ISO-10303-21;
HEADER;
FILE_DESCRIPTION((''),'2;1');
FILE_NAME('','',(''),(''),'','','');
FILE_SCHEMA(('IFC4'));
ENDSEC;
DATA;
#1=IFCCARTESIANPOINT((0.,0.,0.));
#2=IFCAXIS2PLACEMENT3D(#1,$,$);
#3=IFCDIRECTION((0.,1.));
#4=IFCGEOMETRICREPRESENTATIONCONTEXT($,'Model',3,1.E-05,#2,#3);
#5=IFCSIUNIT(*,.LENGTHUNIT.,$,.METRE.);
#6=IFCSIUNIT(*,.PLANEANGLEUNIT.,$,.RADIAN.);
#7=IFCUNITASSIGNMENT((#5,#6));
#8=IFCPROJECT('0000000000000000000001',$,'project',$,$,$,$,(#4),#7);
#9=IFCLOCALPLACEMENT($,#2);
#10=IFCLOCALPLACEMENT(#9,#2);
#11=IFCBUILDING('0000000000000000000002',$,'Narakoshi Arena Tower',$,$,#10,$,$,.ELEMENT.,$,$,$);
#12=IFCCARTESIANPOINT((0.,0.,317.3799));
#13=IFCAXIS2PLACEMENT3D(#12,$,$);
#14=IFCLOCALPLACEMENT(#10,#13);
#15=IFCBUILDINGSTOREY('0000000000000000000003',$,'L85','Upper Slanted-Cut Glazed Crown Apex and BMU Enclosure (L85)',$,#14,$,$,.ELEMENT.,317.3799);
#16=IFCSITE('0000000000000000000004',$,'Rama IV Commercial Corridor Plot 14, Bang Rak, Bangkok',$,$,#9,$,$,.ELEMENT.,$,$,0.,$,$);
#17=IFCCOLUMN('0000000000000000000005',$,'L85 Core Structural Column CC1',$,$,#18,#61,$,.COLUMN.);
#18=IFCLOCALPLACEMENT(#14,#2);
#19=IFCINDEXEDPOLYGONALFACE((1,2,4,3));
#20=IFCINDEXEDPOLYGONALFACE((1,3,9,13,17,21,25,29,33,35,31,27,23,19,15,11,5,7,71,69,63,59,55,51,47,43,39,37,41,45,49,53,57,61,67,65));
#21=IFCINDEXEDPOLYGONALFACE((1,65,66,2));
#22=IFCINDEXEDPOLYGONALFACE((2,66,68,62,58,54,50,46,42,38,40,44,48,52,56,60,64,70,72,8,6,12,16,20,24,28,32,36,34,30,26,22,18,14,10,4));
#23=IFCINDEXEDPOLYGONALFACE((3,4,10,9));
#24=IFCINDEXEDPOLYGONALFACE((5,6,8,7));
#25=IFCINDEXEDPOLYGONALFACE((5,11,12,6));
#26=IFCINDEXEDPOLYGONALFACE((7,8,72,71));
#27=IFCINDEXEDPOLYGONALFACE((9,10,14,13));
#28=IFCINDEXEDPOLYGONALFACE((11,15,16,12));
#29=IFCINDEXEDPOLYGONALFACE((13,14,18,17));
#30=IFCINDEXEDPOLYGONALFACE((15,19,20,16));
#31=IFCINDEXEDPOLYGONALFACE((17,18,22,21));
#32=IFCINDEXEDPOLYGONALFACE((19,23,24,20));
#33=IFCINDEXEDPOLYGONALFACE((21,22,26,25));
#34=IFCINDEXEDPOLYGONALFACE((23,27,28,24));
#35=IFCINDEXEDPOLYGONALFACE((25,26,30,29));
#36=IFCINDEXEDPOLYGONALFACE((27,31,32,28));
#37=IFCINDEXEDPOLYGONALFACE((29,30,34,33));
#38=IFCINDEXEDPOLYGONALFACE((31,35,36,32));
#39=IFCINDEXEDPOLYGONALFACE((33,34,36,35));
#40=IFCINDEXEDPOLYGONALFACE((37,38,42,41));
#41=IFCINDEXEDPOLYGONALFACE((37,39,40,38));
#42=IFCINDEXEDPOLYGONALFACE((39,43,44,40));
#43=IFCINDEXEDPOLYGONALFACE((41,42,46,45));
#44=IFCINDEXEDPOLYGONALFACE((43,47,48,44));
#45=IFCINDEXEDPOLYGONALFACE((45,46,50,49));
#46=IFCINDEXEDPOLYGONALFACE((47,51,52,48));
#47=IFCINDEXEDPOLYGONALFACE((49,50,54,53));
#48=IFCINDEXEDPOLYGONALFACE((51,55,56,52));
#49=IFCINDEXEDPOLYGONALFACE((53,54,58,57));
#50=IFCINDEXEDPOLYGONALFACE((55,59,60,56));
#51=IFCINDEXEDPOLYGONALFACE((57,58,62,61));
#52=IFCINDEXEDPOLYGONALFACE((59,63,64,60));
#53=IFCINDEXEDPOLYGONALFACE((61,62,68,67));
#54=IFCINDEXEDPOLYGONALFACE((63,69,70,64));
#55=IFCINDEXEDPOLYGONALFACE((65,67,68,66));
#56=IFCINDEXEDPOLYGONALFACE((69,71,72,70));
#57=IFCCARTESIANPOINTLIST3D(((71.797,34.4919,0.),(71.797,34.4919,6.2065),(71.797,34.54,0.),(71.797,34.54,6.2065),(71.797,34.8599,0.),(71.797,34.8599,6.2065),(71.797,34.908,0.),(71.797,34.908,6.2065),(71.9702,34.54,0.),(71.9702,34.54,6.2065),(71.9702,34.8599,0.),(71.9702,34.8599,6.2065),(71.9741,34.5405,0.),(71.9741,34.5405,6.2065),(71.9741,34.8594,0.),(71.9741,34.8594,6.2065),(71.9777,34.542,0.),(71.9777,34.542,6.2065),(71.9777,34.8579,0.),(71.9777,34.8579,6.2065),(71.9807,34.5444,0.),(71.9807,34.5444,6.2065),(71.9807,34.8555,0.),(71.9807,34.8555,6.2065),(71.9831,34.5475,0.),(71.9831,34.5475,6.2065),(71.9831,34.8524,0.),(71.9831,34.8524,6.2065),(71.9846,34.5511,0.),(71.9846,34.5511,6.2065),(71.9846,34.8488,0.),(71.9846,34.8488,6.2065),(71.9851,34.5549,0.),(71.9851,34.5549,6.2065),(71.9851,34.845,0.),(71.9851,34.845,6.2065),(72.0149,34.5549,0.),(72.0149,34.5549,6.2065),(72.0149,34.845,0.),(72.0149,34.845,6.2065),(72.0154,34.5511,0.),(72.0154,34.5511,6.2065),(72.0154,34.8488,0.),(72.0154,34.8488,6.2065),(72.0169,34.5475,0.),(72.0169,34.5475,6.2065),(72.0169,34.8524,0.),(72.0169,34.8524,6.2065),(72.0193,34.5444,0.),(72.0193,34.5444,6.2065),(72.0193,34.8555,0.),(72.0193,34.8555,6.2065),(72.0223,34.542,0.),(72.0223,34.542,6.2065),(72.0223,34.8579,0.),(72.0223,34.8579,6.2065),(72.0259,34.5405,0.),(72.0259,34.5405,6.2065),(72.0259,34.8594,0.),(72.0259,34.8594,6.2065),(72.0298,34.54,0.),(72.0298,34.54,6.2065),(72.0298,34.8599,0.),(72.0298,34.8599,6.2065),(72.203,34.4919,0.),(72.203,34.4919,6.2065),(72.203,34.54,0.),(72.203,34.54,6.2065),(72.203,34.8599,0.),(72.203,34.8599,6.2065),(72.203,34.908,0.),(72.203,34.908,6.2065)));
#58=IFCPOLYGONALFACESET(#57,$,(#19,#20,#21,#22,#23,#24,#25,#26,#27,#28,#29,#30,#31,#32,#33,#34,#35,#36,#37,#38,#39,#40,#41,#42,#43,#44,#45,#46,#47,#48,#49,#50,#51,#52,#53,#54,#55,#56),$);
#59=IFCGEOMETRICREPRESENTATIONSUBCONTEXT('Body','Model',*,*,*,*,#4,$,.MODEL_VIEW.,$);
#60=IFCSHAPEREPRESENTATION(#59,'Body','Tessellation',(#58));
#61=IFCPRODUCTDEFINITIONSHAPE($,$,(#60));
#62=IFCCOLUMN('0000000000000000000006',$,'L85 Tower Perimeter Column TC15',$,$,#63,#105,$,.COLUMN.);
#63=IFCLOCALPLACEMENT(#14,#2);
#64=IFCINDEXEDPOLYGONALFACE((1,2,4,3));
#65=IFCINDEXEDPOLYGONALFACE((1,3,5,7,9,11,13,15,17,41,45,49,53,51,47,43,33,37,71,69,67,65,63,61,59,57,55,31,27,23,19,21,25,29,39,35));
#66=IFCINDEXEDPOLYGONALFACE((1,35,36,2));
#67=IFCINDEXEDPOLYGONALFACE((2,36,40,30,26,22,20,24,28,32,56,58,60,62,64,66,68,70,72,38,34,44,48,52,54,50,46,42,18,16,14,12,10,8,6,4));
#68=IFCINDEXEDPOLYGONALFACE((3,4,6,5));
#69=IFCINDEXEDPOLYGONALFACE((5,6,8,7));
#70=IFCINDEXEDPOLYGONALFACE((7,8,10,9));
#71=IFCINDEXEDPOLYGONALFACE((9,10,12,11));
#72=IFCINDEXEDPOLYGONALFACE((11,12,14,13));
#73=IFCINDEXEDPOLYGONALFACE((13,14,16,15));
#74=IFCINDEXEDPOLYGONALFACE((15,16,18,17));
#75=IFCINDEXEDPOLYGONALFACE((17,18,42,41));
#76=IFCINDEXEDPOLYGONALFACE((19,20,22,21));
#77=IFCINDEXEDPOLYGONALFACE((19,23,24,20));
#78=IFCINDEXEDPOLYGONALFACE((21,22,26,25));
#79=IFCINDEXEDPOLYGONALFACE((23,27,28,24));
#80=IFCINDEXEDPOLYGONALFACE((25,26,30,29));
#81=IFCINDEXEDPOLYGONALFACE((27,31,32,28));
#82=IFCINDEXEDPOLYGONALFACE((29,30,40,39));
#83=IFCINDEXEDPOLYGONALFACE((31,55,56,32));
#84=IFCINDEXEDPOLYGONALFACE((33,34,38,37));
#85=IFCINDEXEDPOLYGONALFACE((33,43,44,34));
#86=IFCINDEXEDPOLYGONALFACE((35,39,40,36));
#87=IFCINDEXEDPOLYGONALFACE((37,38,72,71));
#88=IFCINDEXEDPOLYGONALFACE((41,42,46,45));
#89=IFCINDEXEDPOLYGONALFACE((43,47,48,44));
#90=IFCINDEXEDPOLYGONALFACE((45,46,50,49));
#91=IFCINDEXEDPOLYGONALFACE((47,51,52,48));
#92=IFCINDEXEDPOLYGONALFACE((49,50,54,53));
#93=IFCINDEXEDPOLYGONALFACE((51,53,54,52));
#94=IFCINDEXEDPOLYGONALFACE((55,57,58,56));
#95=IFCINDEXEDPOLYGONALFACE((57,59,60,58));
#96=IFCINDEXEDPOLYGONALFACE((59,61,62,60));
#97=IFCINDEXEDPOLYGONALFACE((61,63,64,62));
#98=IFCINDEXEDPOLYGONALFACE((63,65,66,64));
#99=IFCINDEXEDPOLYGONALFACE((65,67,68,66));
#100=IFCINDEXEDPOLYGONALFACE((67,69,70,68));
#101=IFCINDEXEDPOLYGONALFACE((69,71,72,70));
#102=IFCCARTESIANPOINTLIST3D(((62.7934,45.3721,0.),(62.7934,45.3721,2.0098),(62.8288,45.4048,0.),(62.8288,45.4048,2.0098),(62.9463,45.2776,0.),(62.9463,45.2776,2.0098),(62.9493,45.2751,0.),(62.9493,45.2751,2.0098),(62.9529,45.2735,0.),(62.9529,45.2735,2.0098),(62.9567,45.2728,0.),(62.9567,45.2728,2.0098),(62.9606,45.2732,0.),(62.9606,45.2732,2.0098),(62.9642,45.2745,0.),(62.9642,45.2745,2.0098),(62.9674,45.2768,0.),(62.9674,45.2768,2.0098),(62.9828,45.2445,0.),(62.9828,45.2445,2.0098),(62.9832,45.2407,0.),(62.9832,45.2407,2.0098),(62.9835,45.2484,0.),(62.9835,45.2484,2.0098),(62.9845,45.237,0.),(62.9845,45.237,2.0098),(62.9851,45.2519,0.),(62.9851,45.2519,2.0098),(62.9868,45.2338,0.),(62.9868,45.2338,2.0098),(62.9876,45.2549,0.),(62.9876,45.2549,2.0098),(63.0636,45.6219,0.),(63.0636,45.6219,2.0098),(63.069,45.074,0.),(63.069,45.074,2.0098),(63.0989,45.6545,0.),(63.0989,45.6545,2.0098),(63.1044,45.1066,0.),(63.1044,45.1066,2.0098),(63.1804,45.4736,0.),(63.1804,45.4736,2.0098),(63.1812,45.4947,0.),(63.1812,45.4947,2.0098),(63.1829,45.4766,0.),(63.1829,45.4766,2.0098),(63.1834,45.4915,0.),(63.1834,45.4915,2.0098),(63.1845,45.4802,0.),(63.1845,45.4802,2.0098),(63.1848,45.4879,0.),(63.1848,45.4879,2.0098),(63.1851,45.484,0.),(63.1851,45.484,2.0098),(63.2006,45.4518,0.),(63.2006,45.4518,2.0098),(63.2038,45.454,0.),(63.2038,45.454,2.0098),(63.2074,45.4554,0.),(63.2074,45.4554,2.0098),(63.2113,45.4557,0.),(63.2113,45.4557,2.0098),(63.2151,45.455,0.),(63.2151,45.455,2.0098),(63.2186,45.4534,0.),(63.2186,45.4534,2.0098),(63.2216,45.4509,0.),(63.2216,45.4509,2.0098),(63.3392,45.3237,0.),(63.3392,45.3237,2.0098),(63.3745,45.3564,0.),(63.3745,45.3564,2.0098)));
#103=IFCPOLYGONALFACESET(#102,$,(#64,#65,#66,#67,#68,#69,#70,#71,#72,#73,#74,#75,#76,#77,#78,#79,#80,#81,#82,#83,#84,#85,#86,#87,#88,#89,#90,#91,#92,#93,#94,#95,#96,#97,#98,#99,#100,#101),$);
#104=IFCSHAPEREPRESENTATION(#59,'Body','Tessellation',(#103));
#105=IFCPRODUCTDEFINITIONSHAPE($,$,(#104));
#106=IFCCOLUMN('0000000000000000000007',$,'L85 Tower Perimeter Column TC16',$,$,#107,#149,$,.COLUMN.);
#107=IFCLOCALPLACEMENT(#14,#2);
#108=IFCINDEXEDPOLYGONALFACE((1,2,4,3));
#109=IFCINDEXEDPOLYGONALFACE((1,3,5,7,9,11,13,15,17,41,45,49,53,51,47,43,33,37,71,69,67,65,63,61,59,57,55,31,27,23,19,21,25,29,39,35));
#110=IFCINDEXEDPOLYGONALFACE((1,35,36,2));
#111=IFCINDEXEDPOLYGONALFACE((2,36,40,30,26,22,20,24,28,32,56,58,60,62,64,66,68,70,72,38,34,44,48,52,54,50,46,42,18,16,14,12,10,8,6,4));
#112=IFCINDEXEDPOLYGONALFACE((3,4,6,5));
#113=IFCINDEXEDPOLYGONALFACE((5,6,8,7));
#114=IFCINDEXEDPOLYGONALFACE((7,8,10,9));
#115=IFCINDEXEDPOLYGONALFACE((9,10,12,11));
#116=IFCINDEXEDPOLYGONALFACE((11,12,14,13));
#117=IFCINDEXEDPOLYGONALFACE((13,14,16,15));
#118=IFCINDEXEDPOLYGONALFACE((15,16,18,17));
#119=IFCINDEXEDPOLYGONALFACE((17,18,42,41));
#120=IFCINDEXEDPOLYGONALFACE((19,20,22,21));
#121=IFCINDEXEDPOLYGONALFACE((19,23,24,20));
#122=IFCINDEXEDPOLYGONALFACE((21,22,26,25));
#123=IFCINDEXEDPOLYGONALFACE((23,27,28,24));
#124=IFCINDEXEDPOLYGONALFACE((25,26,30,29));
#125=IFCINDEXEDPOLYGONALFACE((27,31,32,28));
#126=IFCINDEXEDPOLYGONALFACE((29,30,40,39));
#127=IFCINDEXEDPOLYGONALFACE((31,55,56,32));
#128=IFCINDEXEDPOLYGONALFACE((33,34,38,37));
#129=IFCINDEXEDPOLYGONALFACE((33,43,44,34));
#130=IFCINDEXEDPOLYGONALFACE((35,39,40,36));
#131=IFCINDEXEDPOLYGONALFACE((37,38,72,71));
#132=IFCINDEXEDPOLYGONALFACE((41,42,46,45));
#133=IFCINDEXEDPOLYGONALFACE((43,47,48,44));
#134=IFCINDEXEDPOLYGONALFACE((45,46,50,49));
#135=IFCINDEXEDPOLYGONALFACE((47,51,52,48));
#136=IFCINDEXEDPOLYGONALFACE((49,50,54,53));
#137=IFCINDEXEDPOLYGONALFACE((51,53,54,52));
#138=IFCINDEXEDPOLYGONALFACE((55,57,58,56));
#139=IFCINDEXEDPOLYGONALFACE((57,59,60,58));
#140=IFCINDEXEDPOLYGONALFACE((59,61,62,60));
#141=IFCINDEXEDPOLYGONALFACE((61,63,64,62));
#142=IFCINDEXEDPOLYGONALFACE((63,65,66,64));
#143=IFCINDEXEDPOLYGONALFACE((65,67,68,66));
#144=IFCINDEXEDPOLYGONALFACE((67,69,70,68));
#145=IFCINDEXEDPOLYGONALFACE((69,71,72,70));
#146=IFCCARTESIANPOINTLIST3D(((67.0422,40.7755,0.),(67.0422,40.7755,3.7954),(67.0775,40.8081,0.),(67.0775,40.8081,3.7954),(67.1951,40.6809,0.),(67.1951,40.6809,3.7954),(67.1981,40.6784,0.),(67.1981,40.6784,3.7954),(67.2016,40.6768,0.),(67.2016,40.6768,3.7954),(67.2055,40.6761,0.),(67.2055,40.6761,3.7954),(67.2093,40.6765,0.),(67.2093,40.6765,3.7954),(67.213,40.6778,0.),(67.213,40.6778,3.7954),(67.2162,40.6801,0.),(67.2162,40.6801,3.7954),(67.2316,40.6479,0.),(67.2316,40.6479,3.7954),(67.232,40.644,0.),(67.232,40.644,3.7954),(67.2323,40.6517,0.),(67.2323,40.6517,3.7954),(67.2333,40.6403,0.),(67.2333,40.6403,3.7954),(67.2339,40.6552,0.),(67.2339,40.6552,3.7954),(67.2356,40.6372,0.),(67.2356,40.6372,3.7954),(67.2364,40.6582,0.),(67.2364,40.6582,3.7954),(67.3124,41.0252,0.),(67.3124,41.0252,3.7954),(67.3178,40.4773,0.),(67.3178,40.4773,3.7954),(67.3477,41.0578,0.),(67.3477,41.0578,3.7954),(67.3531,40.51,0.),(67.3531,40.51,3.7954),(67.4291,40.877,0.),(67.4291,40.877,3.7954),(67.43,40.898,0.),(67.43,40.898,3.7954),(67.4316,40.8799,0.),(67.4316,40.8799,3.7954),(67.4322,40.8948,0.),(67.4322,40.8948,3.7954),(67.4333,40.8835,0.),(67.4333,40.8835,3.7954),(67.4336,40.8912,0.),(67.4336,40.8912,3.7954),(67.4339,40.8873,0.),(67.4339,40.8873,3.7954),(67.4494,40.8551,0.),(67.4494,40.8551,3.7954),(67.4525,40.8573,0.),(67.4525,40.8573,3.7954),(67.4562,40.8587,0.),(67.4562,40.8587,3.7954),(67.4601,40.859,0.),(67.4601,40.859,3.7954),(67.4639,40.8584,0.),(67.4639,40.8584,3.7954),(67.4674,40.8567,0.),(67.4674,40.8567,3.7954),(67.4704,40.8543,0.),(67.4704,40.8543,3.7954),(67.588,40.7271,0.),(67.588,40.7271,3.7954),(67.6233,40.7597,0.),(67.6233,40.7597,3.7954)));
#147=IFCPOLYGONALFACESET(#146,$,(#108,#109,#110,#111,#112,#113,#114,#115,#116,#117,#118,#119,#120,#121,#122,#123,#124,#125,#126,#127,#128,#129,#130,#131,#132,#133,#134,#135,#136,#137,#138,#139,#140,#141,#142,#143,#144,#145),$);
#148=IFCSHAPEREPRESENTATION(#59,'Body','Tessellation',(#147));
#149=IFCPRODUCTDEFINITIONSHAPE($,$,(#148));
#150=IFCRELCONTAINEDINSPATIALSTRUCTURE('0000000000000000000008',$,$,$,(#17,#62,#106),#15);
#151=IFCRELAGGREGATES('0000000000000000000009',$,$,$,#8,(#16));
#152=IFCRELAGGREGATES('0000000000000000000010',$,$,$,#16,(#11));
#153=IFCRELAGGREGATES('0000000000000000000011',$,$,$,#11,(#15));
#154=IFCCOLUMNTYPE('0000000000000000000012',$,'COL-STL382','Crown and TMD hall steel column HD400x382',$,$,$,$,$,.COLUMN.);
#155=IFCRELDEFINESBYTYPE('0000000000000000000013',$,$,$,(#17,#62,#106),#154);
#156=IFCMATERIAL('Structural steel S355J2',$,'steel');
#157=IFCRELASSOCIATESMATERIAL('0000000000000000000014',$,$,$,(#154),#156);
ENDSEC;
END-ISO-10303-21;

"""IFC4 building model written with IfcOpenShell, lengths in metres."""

from ifc_helpers import new_model, si_unit, direction, frame, origin, origin_2d, place, context, subcontext, project, spatial, i_section, extrude, material, material_profile, profile_set, type_object, element, save


model = new_model("IFC4")

# Units and contexts
model_context = context("Model", 3, precision=1e-05, world=origin(), true_north=direction((0.0, 1.0)))
body_context = subcontext(model_context, "Body", "Model", "MODEL_VIEW")
ifc_project = project(units=[si_unit("LENGTHUNIT", "METRE"), si_unit("PLANEANGLEUNIT", "RADIAN")], contexts=[model_context])

# Site, building, storey
site_placement = place(None, origin())
site = spatial("IfcSite", under=ifc_project, at=site_placement, Name="Rama IV Commercial Corridor Plot 14, Bang Rak, Bangkok", CompositionType="ELEMENT", RefElevation=0.0)
building_placement = place(site_placement, origin())
building = spatial("IfcBuilding", under=site, at=building_placement, Name="Narakoshi Arena Tower", CompositionType="ELEMENT")
storey_placement = place(building_placement, frame((0.0, 0.0, 317.3799)))
storey = spatial("IfcBuildingStorey", under=building, at=storey_placement, Name="L85", Description="Upper Slanted-Cut Glazed Crown Apex and BMU Enclosure (L85)", CompositionType="ELEMENT", Elevation=317.3799)

# Columns
ifc_material_1 = material(Name="Structural steel S355J2", Category="steel")
ifc_material_profile = material_profile(ifc_material_1, i_section(OverallWidth=0.406, OverallDepth=0.416, WebThickness=0.0298, FlangeThickness=0.0481, FilletRadius=0.0149, at=origin_2d()), Name="HD400x382")
ifc_profile_set = profile_set([ifc_material_profile], Name="Structural steel S355J2")
column_type = type_object("IfcColumnType", Name="COL-STL382", Description="Crown and TMD hall steel column HD400x382", PredefinedType="COLUMN", material=ifc_profile_set)
column_1_placement = place(storey_placement, frame((72.0, 34.7, 0.0), z_axis=(0.0, 0.0, 1.0), x_axis=(1.0, 0.0, 0.0)))
element("IfcColumn", 1, at=column_1_placement, inside=storey, type_object=column_type, Name="L85 Core Structural Column CC1", PredefinedType="COLUMN", context=body_context, shape_type="SweptSolid", body=[
    extrude(i_section(OverallWidth=0.406, OverallDepth=0.416, WebThickness=0.0298, FlangeThickness=0.0481, FilletRadius=0.0149, at=origin_2d()), origin(), (0.0, 0.0, 1.0), 6.2065),
])
column_2_placement = place(storey_placement, frame((63.084, 45.3643, 0.0), z_axis=(0.0, 0.0, 1.0), x_axis=(-0.678801, 0.734323, 0.0)))
element("IfcColumn", 2, at=column_2_placement, inside=storey, type_object=column_type, Name="L85 Tower Perimeter Column TC15", PredefinedType="COLUMN", context=body_context, shape_type="SweptSolid", body=[
    extrude(i_section(OverallWidth=0.406, OverallDepth=0.416, WebThickness=0.0298, FlangeThickness=0.0481, FilletRadius=0.0149, at=origin_2d()), origin(), (0.0, 0.0, 1.0), 2.0098),
])
column_3_placement = place(storey_placement, frame((67.3328, 40.7676, 0.0), z_axis=(0.0, 0.0, 1.0), x_axis=(-0.678801, 0.734323, 0.0)))
element("IfcColumn", 3, at=column_3_placement, inside=storey, type_object=column_type, Name="L85 Tower Perimeter Column TC16", PredefinedType="COLUMN", context=body_context, shape_type="SweptSolid", body=[
    extrude(i_section(OverallWidth=0.406, OverallDepth=0.416, WebThickness=0.0298, FlangeThickness=0.0481, FilletRadius=0.0149, at=origin_2d()), origin(), (0.0, 0.0, 1.0), 3.7954),
])

save(model, "model.ifc")
